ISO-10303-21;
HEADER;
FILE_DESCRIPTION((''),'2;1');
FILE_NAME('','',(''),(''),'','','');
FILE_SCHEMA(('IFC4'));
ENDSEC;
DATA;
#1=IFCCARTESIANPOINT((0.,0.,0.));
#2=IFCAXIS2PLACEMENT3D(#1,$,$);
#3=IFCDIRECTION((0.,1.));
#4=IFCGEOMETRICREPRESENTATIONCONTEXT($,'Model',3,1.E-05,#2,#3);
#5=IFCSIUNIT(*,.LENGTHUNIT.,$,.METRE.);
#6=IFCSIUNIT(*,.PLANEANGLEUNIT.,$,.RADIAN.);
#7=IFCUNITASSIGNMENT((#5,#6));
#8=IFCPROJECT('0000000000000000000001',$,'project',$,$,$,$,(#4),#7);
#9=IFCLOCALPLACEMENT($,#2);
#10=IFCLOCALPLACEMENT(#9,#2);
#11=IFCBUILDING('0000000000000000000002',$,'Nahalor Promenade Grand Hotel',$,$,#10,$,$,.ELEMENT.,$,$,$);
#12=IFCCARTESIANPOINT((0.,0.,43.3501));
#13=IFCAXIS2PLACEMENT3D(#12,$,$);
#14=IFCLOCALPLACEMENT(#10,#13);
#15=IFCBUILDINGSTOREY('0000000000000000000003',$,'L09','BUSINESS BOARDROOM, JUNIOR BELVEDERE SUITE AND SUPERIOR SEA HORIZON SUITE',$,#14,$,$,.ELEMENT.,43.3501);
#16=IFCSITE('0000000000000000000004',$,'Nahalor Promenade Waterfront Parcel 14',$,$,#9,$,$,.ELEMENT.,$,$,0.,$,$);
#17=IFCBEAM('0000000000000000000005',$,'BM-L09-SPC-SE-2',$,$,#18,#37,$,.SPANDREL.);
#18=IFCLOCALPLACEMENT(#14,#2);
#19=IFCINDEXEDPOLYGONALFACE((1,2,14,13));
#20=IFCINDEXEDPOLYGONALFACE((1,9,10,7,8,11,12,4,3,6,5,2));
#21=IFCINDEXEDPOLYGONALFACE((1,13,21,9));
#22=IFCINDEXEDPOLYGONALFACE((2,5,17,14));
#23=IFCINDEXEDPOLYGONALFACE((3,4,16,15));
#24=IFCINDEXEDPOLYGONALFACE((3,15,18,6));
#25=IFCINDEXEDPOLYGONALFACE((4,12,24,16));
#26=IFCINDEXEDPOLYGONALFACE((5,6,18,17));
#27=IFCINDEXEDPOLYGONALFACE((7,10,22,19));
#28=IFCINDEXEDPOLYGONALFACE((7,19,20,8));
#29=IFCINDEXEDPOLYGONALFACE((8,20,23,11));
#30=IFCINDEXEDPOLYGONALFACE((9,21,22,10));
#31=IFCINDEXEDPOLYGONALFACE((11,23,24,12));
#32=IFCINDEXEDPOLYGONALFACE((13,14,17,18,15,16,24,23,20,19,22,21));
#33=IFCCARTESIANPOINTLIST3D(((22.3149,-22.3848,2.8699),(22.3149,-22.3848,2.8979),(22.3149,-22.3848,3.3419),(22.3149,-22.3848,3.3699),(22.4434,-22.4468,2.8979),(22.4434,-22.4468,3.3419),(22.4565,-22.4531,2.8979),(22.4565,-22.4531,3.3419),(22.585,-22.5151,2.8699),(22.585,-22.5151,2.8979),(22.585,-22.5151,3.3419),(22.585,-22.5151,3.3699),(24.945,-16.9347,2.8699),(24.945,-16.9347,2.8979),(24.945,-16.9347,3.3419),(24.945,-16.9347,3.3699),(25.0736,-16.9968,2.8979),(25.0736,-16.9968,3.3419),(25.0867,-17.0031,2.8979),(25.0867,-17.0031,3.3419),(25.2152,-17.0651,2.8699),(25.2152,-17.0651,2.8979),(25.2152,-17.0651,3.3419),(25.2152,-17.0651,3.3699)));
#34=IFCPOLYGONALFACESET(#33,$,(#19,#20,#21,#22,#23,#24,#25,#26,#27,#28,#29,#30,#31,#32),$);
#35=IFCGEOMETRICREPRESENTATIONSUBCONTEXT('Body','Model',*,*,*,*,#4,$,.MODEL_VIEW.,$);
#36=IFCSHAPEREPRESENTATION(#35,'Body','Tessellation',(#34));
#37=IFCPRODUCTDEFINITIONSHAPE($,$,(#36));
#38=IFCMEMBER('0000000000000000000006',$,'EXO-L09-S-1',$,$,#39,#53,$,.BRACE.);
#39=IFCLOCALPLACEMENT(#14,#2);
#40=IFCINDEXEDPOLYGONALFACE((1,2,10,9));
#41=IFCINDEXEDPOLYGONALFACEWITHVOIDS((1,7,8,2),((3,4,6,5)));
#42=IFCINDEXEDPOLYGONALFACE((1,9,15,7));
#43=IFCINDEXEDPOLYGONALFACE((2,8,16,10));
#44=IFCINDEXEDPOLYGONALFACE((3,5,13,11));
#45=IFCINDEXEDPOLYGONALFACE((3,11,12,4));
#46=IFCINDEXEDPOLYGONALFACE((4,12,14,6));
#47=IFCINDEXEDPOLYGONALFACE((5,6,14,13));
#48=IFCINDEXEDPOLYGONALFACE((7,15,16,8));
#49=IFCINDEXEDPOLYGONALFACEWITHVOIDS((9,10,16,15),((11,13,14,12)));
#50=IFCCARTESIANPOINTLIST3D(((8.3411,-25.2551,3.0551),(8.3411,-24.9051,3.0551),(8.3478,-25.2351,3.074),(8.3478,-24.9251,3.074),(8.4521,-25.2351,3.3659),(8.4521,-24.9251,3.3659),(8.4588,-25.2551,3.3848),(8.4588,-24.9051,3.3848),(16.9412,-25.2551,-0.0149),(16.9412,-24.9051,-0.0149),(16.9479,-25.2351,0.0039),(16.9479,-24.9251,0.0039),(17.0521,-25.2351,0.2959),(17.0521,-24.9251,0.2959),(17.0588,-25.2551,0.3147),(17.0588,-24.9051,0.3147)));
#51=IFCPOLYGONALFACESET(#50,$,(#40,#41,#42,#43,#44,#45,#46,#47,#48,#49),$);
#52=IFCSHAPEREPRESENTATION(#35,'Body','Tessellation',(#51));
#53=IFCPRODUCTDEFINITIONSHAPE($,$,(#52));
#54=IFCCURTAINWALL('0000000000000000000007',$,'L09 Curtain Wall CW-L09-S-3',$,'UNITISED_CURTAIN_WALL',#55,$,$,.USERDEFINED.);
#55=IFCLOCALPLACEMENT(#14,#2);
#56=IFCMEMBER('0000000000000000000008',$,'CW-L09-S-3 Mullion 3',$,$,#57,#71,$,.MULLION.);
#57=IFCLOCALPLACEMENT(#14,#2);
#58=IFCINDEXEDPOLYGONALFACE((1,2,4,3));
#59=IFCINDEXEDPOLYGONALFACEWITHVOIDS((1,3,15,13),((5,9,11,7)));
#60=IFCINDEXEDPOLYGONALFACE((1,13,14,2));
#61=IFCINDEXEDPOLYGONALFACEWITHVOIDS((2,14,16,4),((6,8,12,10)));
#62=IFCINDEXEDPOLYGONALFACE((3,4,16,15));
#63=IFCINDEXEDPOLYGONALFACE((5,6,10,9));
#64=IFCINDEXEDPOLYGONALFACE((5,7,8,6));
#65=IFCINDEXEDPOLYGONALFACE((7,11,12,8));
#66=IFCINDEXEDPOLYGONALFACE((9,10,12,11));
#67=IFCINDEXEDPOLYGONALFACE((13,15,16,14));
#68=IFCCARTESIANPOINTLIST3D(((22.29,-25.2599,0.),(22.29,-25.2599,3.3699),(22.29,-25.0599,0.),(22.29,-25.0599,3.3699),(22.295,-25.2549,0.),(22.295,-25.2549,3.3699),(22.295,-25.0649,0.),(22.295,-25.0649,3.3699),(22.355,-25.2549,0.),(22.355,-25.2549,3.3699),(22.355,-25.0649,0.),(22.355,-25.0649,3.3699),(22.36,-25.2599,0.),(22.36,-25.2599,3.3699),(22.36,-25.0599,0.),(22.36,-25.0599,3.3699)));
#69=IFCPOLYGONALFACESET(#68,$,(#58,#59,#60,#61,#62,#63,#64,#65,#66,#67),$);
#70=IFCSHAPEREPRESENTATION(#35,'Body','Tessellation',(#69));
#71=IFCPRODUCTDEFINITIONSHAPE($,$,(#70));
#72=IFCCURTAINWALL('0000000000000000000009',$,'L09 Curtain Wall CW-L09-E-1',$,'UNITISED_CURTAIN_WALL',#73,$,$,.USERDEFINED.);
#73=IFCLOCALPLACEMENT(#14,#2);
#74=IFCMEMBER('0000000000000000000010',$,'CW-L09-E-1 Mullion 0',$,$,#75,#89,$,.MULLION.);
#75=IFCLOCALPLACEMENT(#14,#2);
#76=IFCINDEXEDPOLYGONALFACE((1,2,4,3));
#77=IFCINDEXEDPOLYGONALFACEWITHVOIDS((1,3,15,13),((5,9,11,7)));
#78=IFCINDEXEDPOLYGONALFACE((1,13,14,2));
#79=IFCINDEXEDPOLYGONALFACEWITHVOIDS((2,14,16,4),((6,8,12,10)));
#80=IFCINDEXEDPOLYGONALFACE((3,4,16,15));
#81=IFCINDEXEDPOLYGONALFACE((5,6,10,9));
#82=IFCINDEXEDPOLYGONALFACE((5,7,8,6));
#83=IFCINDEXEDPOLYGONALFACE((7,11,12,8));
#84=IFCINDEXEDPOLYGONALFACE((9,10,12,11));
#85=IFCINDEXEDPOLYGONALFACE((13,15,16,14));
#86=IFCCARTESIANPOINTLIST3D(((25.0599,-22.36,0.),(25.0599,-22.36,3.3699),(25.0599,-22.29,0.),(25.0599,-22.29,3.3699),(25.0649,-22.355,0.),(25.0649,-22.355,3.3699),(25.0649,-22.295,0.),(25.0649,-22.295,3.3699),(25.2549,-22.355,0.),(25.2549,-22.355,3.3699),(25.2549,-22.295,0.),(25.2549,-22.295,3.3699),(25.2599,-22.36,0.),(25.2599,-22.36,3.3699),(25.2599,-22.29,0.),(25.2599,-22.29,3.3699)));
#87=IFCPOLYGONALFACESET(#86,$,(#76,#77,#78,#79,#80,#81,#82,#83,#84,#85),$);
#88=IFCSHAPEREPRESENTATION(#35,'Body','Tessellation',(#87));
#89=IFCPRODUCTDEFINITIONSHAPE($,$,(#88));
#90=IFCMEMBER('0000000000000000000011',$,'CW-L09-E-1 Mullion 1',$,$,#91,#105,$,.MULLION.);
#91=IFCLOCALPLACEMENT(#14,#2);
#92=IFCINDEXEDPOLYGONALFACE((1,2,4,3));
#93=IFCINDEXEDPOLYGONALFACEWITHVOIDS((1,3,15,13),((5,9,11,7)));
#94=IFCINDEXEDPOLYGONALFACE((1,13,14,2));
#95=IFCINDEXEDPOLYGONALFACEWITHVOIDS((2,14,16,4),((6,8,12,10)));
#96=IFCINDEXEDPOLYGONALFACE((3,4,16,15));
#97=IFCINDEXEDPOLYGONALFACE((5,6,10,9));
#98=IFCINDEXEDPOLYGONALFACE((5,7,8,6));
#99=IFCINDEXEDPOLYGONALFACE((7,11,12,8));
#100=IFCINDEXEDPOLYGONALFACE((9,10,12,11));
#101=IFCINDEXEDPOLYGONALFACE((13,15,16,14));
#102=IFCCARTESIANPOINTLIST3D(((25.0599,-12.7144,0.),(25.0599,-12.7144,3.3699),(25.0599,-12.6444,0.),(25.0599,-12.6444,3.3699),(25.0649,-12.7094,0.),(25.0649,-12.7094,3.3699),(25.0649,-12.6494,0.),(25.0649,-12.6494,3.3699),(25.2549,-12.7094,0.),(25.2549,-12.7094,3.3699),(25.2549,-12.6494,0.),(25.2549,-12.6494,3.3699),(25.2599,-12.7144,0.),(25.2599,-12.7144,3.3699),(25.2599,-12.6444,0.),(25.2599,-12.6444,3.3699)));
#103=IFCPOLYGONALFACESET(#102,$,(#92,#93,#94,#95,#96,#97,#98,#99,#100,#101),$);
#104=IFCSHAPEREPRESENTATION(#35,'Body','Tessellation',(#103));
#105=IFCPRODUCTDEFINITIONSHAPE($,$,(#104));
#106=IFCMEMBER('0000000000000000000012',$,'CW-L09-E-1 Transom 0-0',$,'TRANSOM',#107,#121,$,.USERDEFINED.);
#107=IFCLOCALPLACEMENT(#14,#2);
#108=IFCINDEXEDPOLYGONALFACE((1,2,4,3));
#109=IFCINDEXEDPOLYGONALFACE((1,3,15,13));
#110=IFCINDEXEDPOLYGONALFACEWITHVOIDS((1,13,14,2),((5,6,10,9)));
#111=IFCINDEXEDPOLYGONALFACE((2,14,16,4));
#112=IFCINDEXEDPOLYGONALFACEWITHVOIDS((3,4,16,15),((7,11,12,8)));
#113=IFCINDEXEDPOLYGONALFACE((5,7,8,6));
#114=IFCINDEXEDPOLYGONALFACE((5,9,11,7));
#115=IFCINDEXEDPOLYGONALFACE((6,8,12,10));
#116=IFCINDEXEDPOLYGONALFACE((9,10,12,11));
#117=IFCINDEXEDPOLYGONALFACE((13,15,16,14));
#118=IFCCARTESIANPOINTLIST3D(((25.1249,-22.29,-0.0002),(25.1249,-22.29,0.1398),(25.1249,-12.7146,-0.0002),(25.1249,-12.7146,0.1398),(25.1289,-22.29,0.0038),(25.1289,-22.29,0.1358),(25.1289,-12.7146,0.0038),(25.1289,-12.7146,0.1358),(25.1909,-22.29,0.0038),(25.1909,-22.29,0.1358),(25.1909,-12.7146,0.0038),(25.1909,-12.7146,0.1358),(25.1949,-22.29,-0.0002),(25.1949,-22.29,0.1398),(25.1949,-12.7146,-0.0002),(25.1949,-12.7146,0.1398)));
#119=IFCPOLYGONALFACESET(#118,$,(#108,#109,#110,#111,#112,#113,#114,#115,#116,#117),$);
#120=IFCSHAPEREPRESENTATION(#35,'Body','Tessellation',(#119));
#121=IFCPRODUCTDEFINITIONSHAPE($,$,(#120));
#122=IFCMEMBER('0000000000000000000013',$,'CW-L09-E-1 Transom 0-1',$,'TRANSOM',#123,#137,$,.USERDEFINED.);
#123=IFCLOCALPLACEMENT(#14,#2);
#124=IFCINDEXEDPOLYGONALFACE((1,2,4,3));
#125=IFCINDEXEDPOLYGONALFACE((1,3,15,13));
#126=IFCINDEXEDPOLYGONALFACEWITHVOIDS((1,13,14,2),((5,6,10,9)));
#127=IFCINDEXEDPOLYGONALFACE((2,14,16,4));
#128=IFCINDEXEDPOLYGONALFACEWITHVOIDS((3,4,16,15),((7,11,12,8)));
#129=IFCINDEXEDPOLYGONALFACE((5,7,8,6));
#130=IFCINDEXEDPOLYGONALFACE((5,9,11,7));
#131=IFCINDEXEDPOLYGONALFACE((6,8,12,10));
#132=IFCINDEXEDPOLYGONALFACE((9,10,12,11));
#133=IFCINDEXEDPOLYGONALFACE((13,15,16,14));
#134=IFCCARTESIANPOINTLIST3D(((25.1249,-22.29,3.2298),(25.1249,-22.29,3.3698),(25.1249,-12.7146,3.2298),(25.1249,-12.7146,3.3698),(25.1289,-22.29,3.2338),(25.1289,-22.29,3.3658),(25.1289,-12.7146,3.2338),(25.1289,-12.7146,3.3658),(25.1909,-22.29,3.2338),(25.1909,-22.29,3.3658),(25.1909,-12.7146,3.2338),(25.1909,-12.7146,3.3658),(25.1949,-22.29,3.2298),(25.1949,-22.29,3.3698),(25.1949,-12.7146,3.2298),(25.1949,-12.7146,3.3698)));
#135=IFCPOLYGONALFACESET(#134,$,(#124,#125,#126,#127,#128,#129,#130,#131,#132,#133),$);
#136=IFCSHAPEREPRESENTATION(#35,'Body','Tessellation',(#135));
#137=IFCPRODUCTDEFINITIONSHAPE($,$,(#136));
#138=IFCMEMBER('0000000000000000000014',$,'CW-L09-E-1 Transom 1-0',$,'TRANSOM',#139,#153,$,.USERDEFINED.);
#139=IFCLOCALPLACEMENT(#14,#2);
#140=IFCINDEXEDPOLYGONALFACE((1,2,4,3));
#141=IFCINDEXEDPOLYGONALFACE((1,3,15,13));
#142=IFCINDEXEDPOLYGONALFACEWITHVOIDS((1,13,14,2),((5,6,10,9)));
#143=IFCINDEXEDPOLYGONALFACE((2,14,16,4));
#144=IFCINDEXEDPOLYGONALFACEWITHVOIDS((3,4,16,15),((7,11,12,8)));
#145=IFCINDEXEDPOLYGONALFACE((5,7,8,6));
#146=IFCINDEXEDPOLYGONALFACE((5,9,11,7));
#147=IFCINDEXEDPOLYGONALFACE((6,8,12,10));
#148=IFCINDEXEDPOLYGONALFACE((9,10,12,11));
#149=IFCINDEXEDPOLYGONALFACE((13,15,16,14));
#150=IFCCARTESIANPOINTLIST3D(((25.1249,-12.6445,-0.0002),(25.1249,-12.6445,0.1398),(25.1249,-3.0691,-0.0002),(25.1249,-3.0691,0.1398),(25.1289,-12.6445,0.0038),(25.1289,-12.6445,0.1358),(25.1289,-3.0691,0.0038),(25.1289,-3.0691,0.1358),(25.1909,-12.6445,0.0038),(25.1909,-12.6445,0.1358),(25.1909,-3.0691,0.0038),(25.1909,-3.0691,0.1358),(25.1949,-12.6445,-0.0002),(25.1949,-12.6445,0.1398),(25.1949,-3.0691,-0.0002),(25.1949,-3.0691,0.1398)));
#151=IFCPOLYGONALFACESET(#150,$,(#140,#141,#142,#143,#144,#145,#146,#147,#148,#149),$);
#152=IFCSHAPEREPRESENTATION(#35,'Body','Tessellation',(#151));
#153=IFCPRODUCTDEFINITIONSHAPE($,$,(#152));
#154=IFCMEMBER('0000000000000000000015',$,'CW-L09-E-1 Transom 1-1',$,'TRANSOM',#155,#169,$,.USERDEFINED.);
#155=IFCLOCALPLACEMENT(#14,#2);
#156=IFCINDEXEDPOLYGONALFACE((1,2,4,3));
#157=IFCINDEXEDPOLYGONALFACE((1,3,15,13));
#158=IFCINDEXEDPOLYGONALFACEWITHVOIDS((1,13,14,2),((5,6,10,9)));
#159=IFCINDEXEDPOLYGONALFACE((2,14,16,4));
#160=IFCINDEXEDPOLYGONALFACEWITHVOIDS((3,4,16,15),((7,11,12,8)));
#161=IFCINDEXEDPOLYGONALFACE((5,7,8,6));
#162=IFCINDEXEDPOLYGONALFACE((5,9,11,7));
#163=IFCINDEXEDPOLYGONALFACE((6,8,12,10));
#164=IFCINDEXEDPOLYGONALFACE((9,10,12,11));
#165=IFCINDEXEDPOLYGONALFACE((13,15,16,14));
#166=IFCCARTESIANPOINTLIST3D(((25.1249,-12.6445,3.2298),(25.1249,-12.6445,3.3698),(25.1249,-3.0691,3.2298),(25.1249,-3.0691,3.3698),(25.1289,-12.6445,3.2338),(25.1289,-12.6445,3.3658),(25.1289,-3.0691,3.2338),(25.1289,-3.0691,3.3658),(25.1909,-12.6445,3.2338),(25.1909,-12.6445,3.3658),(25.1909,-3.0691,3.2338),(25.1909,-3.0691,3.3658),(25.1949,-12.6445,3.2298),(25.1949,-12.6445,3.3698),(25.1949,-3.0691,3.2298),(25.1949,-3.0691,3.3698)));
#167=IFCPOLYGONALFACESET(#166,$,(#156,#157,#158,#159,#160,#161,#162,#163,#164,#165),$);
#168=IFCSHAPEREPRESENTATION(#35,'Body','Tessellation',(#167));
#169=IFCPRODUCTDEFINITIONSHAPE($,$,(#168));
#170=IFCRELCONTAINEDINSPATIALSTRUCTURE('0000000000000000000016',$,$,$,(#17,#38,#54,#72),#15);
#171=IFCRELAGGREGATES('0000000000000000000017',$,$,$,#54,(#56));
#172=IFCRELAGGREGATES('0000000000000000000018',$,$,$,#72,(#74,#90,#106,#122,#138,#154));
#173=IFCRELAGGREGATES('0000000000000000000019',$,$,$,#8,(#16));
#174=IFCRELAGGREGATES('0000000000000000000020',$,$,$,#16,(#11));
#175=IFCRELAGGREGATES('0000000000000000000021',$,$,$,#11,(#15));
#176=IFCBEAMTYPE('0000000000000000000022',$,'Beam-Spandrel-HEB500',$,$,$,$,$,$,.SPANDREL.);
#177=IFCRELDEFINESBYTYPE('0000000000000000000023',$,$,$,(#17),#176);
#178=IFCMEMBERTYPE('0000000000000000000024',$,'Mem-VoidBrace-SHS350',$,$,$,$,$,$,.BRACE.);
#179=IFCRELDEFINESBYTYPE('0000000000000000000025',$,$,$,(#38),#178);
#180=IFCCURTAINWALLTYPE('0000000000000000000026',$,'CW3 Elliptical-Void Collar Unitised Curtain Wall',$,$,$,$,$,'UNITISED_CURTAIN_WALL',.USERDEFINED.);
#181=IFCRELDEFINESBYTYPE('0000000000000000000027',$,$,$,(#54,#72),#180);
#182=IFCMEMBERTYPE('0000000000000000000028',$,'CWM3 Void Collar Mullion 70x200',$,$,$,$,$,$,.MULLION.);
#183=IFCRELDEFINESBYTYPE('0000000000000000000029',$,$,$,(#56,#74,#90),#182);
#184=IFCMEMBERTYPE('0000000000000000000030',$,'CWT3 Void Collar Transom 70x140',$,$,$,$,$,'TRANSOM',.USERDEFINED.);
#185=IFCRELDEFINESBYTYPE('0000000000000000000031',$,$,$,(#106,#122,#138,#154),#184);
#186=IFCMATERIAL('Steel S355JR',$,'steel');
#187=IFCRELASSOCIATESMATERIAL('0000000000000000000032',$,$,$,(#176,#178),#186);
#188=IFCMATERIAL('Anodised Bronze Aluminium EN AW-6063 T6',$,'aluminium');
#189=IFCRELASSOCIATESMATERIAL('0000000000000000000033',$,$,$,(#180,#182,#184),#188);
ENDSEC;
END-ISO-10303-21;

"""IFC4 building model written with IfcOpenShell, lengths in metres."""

from ifc_helpers import new_model, si_unit, direction, frame, origin, origin_2d, place, context, subcontext, project, spatial, hollow_rectangle, i_section, extrude, source, transform, mapped, material, material_profile, profile_set, type_object, element, aggregate, save


model = new_model("IFC4")

# Units and contexts
model_context = context("Model", 3, precision=1e-05, world=origin(), true_north=direction((0.0, 1.0)))
body_context = subcontext(model_context, "Body", "Model", "MODEL_VIEW")
ifc_project = project(units=[si_unit("LENGTHUNIT", "METRE"), si_unit("PLANEANGLEUNIT", "RADIAN")], contexts=[model_context])

# Site, building, storey
site_placement = place(None, origin())
site = spatial("IfcSite", under=ifc_project, at=site_placement, Name="Nahalor Promenade Waterfront Parcel 14", CompositionType="ELEMENT", RefElevation=0.0)
building_placement = place(site_placement, origin())
building = spatial("IfcBuilding", under=site, at=building_placement, Name="Nahalor Promenade Grand Hotel", CompositionType="ELEMENT")
storey_placement = place(building_placement, frame((0.0, 0.0, 43.3501)))
storey = spatial("IfcBuildingStorey", under=building, at=storey_placement, Name="L09", Description="BUSINESS BOARDROOM, JUNIOR BELVEDERE SUITE AND SUPERIOR SEA HORIZON SUITE", CompositionType="ELEMENT", Elevation=43.3501)

# Beam
ifc_material_1 = material(Name="Steel S355JR", Category="steel")
ifc_material_profile_1 = material_profile(ifc_material_1, i_section(OverallWidth=0.3, OverallDepth=0.5, WebThickness=0.0145, FlangeThickness=0.028, at=origin_2d()), Name="HEB 500")
ifc_profile_set_1 = profile_set([ifc_material_profile_1], Name="Steel S355JR")
beam_type_1 = type_object("IfcBeamType", Name="Beam-Spandrel-HEB500", PredefinedType="SPANDREL", material=ifc_profile_set_1)
shared_shape_1 = source(origin(), body_context, "Body", "SweptSolid", [
    extrude(i_section(OverallWidth=0.3, OverallDepth=0.5, WebThickness=0.0145, FlangeThickness=0.028, at=origin_2d()), origin(), (0.0, 0.0, 1.0), 6.0515),
])
for number, where, z_axis, x_axis, name in (
    (1, (22.45, -22.45, 3.1199), (0.434631, 0.900609, 0.0), (-0.900609, 0.434631, 0.0), "BM-L09-SPC-SE-2"),
):
    element("IfcBeam", number, at=place(storey_placement, frame(where, z_axis=z_axis, x_axis=x_axis)), inside=storey, type_object=beam_type_1, Name=name, PredefinedType="SPANDREL", context=body_context, shape_type="MappedRepresentation", body=[
        mapped(shared_shape_1, transform((0.0, 0.0, 0.0), scale=1.0)),
    ])

# Member
ifc_material_profile_2 = material_profile(ifc_material_1, hollow_rectangle(XDim=0.35, YDim=0.35, WallThickness=0.02, at=origin_2d()), Name="SHS 350x350x20")
ifc_profile_set_2 = profile_set([ifc_material_profile_2], Name="Steel S355JR")
member_type_1 = type_object("IfcMemberType", Name="Mem-VoidBrace-SHS350", PredefinedType="BRACE", material=ifc_profile_set_2)
shared_shape_2 = source(origin(), body_context, "Body", "SweptSolid", [
    extrude(hollow_rectangle(XDim=0.35, YDim=0.35, WallThickness=0.02, at=origin_2d()), origin(), (0.0, 0.0, 1.0), 9.1316),
])
member_1_placement = place(storey_placement, frame((17.0, -25.0801, 0.1499), z_axis=(-0.94179, 0.0, 0.336201), x_axis=(0.0, -1.0, 0.0)))
element("IfcMember", 2, at=member_1_placement, inside=storey, type_object=member_type_1, Name="EXO-L09-S-1", PredefinedType="BRACE", context=body_context, shape_type="MappedRepresentation", body=[
    mapped(shared_shape_2, transform((0.0, 0.0, 0.0), scale=1.0)),
])

# Curtain wall, member
ifc_material_2 = material(Name="Anodised Bronze Aluminium EN AW-6063 T6", Category="aluminium")
curtain_wall_type = type_object("IfcCurtainWallType", Name="CW3 Elliptical-Void Collar Unitised Curtain Wall", ElementType="UNITISED_CURTAIN_WALL", PredefinedType="USERDEFINED", material=ifc_material_2)
curtain_wall_1_placement = place(storey_placement, origin())
curtain_wall_1 = element("IfcCurtainWall", 3, at=curtain_wall_1_placement, inside=storey, type_object=curtain_wall_type, Name="L09 Curtain Wall CW-L09-S-3", ObjectType="UNITISED_CURTAIN_WALL", PredefinedType="USERDEFINED")
ifc_material_profile_3 = material_profile(ifc_material_2, hollow_rectangle(XDim=0.07, YDim=0.2, WallThickness=0.005, at=origin_2d()), Name="CWM 70x200x5")
ifc_profile_set_3 = profile_set([ifc_material_profile_3], Name="Anodised Bronze Aluminium EN AW-6063 T6")
member_type_2 = type_object("IfcMemberType", Name="CWM3 Void Collar Mullion 70x200", PredefinedType="MULLION", material=ifc_profile_set_3)
shared_shape_3 = source(origin(), body_context, "Body", "SweptSolid", [
    extrude(hollow_rectangle(XDim=0.07, YDim=0.2, WallThickness=0.005, at=origin_2d()), origin(), (0.0, 0.0, 1.0), 3.3699),
])
member_2_placement = place(storey_placement, frame((22.325, -25.1599, 0.0), z_axis=(0.0, 0.0, 1.0), x_axis=(1.0, 0.0, 0.0)))
member_2 = element("IfcMember", 4, at=member_2_placement, type_object=member_type_2, Name="CW-L09-S-3 Mullion 3", PredefinedType="MULLION", context=body_context, shape_type="MappedRepresentation", body=[
    mapped(shared_shape_3, transform((0.0, 0.0, 0.0), scale=1.0)),
])

# Curtain wall, members
curtain_wall_2_placement = place(storey_placement, origin())
curtain_wall_2 = element("IfcCurtainWall", 5, at=curtain_wall_2_placement, inside=storey, type_object=curtain_wall_type, Name="L09 Curtain Wall CW-L09-E-1", ObjectType="UNITISED_CURTAIN_WALL", PredefinedType="USERDEFINED")
member_3_placement = place(storey_placement, frame((25.1599, -22.325, 0.0), z_axis=(0.0, 0.0, 1.0), x_axis=(0.0, 1.0, 0.0)))
member_3 = element("IfcMember", 6, at=member_3_placement, type_object=member_type_2, Name="CW-L09-E-1 Mullion 0", PredefinedType="MULLION", context=body_context, shape_type="MappedRepresentation", body=[
    mapped(shared_shape_3, transform((0.0, 0.0, 0.0), scale=1.0)),
])
member_4_placement = place(storey_placement, frame((25.1599, -12.6794, 0.0), z_axis=(0.0, 0.0, 1.0), x_axis=(0.0, 1.0, 0.0)))
member_4 = element("IfcMember", 7, at=member_4_placement, type_object=member_type_2, Name="CW-L09-E-1 Mullion 1", PredefinedType="MULLION", context=body_context, shape_type="MappedRepresentation", body=[
    mapped(shared_shape_3, transform((0.0, 0.0, 0.0), scale=1.0)),
])
ifc_material_profile_4 = material_profile(ifc_material_2, hollow_rectangle(XDim=0.07, YDim=0.14, WallThickness=0.004, at=origin_2d()), Name="CWT 70x140x4")
ifc_profile_set_4 = profile_set([ifc_material_profile_4], Name="Anodised Bronze Aluminium EN AW-6063 T6")
member_type_3 = type_object("IfcMemberType", Name="CWT3 Void Collar Transom 70x140", ElementType="TRANSOM", PredefinedType="USERDEFINED", material=ifc_profile_set_4)
shared_shape_4 = source(origin(), body_context, "Body", "SweptSolid", [
    extrude(hollow_rectangle(XDim=0.07, YDim=0.14, WallThickness=0.004, at=origin_2d()), origin(), (0.0, 0.0, 1.0), 9.5754),
])
member_5_placement = place(storey_placement, frame((25.1599, -22.29, 0.0698), z_axis=(0.0, 1.0, 0.0), x_axis=(-1.0, 0.0, 0.0)))
member_5 = element("IfcMember", 8, at=member_5_placement, type_object=member_type_3, Name="CW-L09-E-1 Transom 0-0", ObjectType="TRANSOM", PredefinedType="USERDEFINED", context=body_context, shape_type="MappedRepresentation", body=[
    mapped(shared_shape_4, transform((0.0, 0.0, 0.0), scale=1.0)),
])
member_6_placement = place(storey_placement, frame((25.1599, -22.29, 3.2998), z_axis=(0.0, 1.0, 0.0), x_axis=(-1.0, 0.0, 0.0)))
member_6 = element("IfcMember", 9, at=member_6_placement, type_object=member_type_3, Name="CW-L09-E-1 Transom 0-1", ObjectType="TRANSOM", PredefinedType="USERDEFINED", context=body_context, shape_type="MappedRepresentation", body=[
    mapped(shared_shape_4, transform((0.0, 0.0, 0.0), scale=1.0)),
])
member_7_placement = place(storey_placement, frame((25.1599, -12.6445, 0.0698), z_axis=(0.0, 1.0, 0.0), x_axis=(-1.0, 0.0, 0.0)))
member_7 = element("IfcMember", 10, at=member_7_placement, type_object=member_type_3, Name="CW-L09-E-1 Transom 1-0", ObjectType="TRANSOM", PredefinedType="USERDEFINED", context=body_context, shape_type="MappedRepresentation", body=[
    mapped(shared_shape_4, transform((0.0, 0.0, 0.0), scale=1.0)),
])
member_8_placement = place(storey_placement, frame((25.1599, -12.6445, 3.2998), z_axis=(0.0, 1.0, 0.0), x_axis=(-1.0, 0.0, 0.0)))
member_8 = element("IfcMember", 11, at=member_8_placement, type_object=member_type_3, Name="CW-L09-E-1 Transom 1-1", ObjectType="TRANSOM", PredefinedType="USERDEFINED", context=body_context, shape_type="MappedRepresentation", body=[
    mapped(shared_shape_4, transform((0.0, 0.0, 0.0), scale=1.0)),
])

aggregate(curtain_wall_1, [member_2])
aggregate(curtain_wall_2, [member_3, member_4, member_5, member_6, member_7, member_8])

save(model, "model.ifc")
